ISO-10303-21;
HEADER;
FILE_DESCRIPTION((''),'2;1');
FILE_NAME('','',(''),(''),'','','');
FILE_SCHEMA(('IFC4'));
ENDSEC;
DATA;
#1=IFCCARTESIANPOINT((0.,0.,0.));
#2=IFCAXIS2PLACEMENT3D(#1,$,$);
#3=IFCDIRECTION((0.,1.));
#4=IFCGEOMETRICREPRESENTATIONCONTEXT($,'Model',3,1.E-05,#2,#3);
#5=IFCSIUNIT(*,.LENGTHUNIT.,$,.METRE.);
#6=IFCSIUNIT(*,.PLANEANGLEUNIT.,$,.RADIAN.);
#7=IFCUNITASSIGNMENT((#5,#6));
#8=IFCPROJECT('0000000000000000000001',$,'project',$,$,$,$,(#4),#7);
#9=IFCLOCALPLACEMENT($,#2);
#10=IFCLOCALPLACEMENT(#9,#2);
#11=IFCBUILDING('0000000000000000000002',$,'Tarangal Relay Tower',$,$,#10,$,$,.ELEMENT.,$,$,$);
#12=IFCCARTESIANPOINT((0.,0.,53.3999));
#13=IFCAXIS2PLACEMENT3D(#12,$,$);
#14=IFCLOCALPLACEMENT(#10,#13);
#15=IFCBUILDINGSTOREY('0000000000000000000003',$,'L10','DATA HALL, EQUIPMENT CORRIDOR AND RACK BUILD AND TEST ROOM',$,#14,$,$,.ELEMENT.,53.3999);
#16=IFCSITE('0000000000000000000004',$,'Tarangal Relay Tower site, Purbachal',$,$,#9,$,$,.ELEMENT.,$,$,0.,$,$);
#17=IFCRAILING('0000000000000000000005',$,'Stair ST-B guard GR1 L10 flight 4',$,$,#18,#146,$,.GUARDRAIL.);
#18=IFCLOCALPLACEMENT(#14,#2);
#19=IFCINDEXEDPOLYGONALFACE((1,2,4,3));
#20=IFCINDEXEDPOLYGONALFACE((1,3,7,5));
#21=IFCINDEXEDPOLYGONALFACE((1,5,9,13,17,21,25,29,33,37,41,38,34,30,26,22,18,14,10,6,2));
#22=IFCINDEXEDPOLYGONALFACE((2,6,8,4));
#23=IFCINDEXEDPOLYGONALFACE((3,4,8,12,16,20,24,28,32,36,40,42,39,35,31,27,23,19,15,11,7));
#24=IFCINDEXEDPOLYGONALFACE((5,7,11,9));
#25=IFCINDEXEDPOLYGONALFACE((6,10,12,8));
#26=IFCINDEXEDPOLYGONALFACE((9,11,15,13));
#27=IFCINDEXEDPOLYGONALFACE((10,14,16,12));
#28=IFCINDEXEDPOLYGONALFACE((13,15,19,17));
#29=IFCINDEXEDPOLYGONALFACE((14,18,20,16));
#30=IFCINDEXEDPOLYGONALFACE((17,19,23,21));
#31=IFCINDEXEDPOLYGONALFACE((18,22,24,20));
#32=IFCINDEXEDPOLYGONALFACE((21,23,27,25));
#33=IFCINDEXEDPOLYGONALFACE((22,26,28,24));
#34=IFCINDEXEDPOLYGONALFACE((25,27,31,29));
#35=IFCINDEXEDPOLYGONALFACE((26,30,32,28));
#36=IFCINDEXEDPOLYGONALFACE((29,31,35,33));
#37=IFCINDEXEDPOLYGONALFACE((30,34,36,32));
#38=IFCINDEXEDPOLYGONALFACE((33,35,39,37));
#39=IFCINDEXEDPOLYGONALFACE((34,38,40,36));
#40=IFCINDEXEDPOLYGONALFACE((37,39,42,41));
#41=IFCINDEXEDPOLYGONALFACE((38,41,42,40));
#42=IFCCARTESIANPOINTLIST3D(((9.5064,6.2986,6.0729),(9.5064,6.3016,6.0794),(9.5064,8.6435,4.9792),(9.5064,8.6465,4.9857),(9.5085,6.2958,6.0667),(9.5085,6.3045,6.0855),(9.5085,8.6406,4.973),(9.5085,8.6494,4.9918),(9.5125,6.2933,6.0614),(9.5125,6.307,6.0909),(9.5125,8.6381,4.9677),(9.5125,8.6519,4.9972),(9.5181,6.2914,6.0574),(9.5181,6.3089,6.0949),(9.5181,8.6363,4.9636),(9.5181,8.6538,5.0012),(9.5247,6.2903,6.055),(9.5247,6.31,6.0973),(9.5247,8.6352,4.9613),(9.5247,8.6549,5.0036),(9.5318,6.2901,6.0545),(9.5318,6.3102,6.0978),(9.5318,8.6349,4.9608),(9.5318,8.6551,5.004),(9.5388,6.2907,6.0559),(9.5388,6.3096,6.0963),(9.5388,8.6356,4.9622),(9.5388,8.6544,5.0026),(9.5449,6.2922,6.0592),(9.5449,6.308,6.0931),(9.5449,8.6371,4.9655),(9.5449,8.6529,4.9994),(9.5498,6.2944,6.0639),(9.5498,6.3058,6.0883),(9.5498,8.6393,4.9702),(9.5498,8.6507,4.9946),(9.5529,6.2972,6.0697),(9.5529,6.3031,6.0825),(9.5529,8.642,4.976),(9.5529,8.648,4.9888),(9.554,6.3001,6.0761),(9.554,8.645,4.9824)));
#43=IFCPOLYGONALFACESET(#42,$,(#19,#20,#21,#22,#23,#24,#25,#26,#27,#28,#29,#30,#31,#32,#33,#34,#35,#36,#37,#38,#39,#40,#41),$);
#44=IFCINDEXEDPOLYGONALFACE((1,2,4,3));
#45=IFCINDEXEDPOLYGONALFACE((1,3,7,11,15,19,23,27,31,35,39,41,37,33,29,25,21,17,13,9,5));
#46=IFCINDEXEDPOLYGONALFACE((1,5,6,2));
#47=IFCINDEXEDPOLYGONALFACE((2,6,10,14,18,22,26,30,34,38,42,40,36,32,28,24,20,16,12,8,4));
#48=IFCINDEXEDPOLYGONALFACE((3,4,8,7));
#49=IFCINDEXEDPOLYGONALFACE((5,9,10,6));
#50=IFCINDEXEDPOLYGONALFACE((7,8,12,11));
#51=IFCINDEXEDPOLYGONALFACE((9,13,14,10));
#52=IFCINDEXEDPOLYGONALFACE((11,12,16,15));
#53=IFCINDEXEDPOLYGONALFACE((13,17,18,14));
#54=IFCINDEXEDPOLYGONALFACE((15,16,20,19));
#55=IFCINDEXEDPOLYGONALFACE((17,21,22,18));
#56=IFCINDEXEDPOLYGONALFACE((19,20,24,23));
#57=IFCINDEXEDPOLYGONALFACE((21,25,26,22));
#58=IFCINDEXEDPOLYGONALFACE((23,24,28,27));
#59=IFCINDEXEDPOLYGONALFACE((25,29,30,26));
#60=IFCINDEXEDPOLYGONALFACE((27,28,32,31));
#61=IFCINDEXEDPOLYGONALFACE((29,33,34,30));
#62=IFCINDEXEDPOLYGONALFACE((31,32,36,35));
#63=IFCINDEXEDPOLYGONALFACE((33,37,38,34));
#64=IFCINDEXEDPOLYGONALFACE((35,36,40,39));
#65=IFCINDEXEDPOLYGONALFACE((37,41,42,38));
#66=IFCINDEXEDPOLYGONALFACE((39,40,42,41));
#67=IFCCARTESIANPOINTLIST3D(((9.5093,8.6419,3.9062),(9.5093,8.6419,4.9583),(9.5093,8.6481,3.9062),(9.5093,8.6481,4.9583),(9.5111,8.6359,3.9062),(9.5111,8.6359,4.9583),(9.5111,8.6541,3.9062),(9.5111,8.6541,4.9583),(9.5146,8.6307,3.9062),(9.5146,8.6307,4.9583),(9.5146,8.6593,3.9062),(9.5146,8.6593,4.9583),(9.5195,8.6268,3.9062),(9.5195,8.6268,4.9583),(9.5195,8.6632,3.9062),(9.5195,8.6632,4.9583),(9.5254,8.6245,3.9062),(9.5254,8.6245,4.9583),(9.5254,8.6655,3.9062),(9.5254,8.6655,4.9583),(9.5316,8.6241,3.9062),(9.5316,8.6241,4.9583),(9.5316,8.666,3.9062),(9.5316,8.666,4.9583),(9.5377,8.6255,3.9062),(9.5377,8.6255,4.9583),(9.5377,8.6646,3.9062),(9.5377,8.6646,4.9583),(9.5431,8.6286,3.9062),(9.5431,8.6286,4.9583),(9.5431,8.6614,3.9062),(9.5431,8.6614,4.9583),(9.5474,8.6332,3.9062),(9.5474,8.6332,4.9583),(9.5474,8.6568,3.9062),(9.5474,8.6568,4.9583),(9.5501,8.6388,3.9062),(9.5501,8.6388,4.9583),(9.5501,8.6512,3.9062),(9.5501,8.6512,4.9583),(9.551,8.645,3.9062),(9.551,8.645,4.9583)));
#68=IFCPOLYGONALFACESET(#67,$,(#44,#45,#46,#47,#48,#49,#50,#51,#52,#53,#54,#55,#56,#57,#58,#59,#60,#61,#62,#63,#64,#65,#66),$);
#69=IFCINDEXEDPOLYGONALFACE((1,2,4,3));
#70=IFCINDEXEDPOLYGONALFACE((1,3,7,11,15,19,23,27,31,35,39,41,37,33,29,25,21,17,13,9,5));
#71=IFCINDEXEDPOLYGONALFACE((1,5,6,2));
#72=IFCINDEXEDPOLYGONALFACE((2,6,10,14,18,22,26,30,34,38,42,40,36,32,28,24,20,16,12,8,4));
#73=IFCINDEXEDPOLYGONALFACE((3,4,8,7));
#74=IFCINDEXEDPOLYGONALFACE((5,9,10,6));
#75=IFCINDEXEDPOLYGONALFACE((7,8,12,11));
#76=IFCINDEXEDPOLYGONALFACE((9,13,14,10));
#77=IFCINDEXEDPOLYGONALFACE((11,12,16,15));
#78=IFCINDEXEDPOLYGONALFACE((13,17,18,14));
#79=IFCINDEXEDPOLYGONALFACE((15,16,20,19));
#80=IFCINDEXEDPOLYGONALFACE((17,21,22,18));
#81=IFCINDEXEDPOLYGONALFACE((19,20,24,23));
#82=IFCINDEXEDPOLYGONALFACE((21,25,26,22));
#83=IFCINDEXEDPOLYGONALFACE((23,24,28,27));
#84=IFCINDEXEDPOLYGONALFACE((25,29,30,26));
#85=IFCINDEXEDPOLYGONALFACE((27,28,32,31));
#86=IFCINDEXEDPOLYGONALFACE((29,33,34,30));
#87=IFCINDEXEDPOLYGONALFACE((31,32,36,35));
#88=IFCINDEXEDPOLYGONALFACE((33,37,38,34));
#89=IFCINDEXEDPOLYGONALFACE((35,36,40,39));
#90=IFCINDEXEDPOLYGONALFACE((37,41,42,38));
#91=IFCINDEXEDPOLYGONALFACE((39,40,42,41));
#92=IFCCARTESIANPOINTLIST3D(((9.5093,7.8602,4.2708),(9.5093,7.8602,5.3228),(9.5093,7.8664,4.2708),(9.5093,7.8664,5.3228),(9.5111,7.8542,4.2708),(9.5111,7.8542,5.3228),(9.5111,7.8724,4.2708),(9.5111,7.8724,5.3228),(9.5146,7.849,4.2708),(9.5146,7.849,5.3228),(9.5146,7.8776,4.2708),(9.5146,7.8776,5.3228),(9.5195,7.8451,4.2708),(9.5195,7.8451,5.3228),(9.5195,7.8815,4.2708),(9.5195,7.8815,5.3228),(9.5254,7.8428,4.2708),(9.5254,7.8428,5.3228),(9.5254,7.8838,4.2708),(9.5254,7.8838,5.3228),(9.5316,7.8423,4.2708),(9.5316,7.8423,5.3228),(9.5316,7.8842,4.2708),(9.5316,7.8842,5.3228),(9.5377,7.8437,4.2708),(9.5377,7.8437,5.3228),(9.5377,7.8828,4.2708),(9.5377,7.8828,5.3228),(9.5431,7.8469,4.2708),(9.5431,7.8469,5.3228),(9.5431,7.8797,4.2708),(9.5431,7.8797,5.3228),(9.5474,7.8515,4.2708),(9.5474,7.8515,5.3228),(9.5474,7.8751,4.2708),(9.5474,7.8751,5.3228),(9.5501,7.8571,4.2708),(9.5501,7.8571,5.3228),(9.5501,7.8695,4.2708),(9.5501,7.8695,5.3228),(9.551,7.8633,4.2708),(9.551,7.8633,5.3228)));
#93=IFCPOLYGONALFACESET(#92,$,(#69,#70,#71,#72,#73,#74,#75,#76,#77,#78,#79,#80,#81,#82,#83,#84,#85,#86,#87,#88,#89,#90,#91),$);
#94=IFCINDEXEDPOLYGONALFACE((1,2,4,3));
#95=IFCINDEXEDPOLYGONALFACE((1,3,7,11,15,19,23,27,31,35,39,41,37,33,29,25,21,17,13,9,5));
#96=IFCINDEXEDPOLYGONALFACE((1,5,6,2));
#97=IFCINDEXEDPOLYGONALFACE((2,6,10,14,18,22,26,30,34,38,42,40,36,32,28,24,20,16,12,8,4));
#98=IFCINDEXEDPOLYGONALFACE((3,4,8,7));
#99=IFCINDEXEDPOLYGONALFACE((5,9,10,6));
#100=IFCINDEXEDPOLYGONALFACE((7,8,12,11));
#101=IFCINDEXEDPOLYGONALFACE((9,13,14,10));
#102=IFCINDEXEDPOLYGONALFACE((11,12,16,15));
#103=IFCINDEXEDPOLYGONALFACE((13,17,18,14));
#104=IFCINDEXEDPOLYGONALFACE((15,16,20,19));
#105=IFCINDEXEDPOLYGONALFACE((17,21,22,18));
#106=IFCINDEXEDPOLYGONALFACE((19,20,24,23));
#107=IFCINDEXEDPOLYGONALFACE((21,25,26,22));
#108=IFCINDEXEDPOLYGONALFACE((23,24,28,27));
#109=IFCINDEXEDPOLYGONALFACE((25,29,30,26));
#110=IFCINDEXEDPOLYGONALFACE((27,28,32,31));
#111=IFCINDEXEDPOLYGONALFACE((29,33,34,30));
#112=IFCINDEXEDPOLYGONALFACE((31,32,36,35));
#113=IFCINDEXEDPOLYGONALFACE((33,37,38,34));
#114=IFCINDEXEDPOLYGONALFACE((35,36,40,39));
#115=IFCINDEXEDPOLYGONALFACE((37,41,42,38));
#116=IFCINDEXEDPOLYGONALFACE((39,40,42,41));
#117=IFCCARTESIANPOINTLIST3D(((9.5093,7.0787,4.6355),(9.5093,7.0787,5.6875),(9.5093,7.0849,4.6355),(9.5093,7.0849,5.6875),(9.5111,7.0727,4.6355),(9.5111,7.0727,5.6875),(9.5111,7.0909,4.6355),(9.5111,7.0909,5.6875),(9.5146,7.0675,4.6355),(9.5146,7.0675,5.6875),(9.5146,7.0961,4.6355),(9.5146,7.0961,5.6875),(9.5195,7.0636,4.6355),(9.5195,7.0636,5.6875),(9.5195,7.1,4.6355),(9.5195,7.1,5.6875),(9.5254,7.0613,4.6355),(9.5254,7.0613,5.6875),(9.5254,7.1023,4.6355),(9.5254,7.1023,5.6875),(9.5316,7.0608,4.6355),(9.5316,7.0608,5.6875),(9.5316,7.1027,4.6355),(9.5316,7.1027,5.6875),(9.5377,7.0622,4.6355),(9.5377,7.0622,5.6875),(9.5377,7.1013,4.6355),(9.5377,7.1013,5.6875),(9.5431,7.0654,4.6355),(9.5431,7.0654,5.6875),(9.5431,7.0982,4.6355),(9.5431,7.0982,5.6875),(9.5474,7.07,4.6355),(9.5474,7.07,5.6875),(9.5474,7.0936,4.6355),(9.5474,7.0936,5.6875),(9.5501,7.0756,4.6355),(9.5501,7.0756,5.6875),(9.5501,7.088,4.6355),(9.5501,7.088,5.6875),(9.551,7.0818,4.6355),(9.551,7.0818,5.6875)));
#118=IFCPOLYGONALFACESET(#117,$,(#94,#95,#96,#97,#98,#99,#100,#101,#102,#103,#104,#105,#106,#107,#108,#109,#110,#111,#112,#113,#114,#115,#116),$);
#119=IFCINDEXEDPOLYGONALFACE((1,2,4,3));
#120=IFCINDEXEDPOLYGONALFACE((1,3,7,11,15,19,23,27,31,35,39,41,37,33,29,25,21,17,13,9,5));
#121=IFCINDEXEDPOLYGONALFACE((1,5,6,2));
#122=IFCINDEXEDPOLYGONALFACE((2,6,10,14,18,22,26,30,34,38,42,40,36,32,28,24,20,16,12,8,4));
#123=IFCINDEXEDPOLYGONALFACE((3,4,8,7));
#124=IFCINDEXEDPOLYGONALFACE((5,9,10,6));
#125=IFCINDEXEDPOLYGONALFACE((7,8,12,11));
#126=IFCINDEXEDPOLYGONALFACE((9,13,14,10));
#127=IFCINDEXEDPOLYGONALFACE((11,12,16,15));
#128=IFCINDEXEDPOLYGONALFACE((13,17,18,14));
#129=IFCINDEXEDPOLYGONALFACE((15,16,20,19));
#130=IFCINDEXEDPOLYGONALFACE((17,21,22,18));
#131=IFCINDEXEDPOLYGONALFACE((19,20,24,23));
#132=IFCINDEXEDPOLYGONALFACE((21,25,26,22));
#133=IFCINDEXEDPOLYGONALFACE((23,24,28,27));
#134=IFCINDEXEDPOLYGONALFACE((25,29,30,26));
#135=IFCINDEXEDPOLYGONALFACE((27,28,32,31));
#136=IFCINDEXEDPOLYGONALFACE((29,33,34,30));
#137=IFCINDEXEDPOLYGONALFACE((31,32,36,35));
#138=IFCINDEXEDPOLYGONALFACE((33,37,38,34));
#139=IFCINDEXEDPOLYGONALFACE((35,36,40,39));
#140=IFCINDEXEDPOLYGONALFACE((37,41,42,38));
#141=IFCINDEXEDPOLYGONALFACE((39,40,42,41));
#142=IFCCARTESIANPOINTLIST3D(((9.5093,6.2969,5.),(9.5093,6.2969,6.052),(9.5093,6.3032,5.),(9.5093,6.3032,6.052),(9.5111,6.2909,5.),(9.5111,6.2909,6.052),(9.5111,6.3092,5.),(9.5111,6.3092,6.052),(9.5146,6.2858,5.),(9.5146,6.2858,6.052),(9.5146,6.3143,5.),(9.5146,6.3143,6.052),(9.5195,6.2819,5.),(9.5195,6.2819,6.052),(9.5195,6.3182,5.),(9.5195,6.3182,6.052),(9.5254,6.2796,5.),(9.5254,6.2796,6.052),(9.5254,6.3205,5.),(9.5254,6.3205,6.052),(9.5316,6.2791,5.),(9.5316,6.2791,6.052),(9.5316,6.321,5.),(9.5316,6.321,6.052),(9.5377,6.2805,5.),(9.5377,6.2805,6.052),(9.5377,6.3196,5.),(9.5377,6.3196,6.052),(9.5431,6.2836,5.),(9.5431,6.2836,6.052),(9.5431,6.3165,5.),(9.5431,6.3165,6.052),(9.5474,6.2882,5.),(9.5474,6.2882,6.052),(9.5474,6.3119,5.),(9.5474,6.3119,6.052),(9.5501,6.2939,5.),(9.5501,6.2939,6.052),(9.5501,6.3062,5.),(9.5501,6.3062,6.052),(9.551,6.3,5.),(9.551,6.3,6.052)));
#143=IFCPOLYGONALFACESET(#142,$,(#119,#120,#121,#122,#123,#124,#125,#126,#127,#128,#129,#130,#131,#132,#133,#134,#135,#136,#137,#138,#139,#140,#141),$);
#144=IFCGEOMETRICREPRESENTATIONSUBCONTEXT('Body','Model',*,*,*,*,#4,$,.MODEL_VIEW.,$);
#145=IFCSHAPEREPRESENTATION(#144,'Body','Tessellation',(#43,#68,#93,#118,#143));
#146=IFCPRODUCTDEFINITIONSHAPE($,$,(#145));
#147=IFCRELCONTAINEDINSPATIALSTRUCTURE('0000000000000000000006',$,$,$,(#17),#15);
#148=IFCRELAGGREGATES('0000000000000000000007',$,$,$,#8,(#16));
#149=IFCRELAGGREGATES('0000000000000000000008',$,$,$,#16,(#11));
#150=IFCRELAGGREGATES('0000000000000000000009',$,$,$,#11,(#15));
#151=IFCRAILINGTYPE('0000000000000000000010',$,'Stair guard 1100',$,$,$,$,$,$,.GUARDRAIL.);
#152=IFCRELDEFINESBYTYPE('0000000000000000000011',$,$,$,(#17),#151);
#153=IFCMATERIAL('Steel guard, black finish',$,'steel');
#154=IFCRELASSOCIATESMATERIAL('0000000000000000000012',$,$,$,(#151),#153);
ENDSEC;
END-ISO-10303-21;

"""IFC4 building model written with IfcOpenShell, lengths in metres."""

from ifc_helpers import new_model, si_unit, direction, frame, origin, origin_2d, place, context, subcontext, project, spatial, circle, extrude, material, type_object, element, save


model = new_model("IFC4")

# Units and contexts
model_context = context("Model", 3, precision=1e-05, world=origin(), true_north=direction((0.0, 1.0)))
body_context = subcontext(model_context, "Body", "Model", "MODEL_VIEW")
ifc_project = project(units=[si_unit("LENGTHUNIT", "METRE"), si_unit("PLANEANGLEUNIT", "RADIAN")], contexts=[model_context])

# Site, building, storey
site_placement = place(None, origin())
site = spatial("IfcSite", under=ifc_project, at=site_placement, Name="Tarangal Relay Tower site, Purbachal", CompositionType="ELEMENT", RefElevation=0.0)
building_placement = place(site_placement, origin())
building = spatial("IfcBuilding", under=site, at=building_placement, Name="Tarangal Relay Tower", CompositionType="ELEMENT")
storey_placement = place(building_placement, frame((0.0, 0.0, 53.3999)))
storey = spatial("IfcBuildingStorey", under=building, at=storey_placement, Name="L10", Description="DATA HALL, EQUIPMENT CORRIDOR AND RACK BUILD AND TEST ROOM", CompositionType="ELEMENT", Elevation=53.3999)

# Railing
ifc_material_1 = material(Name="Steel guard, black finish", Category="steel")
railing_type_1 = type_object("IfcRailingType", Name="Stair guard 1100", PredefinedType="GUARDRAIL", material=ifc_material_1)
railing_1_placement = place(storey_placement, frame((9.53, 8.645, 3.9062)))
element("IfcRailing", 1, at=railing_1_placement, inside=storey, type_object=railing_type_1, Name="Stair ST-B guard GR1 L10 flight 4", PredefinedType="GUARDRAIL", context=body_context, shape_type="SweptSolid", body=[
    extrude(circle(Radius=0.0239, at=origin_2d()), frame((0.0, 0.0, 1.0762), z_axis=(0.0, -0.906267, 0.422705), x_axis=(1.0, 0.0, 0.0)), (0.0, 0.0, 1.0), 2.5874),
    extrude(circle(Radius=0.021, at=origin_2d()), origin(), (0.0, 0.0, 1.0), 1.052),
    extrude(circle(Radius=0.021, at=origin_2d()), frame((0.0, -0.7817, 0.3645)), (0.0, 0.0, 1.0), 1.052),
    extrude(circle(Radius=0.021, at=origin_2d()), frame((0.0, -1.5632, 0.7292)), (0.0, 0.0, 1.0), 1.052),
    extrude(circle(Radius=0.021, at=origin_2d()), frame((0.0, -2.345, 1.0938)), (0.0, 0.0, 1.0), 1.052),
])

save(model, "model.ifc")
